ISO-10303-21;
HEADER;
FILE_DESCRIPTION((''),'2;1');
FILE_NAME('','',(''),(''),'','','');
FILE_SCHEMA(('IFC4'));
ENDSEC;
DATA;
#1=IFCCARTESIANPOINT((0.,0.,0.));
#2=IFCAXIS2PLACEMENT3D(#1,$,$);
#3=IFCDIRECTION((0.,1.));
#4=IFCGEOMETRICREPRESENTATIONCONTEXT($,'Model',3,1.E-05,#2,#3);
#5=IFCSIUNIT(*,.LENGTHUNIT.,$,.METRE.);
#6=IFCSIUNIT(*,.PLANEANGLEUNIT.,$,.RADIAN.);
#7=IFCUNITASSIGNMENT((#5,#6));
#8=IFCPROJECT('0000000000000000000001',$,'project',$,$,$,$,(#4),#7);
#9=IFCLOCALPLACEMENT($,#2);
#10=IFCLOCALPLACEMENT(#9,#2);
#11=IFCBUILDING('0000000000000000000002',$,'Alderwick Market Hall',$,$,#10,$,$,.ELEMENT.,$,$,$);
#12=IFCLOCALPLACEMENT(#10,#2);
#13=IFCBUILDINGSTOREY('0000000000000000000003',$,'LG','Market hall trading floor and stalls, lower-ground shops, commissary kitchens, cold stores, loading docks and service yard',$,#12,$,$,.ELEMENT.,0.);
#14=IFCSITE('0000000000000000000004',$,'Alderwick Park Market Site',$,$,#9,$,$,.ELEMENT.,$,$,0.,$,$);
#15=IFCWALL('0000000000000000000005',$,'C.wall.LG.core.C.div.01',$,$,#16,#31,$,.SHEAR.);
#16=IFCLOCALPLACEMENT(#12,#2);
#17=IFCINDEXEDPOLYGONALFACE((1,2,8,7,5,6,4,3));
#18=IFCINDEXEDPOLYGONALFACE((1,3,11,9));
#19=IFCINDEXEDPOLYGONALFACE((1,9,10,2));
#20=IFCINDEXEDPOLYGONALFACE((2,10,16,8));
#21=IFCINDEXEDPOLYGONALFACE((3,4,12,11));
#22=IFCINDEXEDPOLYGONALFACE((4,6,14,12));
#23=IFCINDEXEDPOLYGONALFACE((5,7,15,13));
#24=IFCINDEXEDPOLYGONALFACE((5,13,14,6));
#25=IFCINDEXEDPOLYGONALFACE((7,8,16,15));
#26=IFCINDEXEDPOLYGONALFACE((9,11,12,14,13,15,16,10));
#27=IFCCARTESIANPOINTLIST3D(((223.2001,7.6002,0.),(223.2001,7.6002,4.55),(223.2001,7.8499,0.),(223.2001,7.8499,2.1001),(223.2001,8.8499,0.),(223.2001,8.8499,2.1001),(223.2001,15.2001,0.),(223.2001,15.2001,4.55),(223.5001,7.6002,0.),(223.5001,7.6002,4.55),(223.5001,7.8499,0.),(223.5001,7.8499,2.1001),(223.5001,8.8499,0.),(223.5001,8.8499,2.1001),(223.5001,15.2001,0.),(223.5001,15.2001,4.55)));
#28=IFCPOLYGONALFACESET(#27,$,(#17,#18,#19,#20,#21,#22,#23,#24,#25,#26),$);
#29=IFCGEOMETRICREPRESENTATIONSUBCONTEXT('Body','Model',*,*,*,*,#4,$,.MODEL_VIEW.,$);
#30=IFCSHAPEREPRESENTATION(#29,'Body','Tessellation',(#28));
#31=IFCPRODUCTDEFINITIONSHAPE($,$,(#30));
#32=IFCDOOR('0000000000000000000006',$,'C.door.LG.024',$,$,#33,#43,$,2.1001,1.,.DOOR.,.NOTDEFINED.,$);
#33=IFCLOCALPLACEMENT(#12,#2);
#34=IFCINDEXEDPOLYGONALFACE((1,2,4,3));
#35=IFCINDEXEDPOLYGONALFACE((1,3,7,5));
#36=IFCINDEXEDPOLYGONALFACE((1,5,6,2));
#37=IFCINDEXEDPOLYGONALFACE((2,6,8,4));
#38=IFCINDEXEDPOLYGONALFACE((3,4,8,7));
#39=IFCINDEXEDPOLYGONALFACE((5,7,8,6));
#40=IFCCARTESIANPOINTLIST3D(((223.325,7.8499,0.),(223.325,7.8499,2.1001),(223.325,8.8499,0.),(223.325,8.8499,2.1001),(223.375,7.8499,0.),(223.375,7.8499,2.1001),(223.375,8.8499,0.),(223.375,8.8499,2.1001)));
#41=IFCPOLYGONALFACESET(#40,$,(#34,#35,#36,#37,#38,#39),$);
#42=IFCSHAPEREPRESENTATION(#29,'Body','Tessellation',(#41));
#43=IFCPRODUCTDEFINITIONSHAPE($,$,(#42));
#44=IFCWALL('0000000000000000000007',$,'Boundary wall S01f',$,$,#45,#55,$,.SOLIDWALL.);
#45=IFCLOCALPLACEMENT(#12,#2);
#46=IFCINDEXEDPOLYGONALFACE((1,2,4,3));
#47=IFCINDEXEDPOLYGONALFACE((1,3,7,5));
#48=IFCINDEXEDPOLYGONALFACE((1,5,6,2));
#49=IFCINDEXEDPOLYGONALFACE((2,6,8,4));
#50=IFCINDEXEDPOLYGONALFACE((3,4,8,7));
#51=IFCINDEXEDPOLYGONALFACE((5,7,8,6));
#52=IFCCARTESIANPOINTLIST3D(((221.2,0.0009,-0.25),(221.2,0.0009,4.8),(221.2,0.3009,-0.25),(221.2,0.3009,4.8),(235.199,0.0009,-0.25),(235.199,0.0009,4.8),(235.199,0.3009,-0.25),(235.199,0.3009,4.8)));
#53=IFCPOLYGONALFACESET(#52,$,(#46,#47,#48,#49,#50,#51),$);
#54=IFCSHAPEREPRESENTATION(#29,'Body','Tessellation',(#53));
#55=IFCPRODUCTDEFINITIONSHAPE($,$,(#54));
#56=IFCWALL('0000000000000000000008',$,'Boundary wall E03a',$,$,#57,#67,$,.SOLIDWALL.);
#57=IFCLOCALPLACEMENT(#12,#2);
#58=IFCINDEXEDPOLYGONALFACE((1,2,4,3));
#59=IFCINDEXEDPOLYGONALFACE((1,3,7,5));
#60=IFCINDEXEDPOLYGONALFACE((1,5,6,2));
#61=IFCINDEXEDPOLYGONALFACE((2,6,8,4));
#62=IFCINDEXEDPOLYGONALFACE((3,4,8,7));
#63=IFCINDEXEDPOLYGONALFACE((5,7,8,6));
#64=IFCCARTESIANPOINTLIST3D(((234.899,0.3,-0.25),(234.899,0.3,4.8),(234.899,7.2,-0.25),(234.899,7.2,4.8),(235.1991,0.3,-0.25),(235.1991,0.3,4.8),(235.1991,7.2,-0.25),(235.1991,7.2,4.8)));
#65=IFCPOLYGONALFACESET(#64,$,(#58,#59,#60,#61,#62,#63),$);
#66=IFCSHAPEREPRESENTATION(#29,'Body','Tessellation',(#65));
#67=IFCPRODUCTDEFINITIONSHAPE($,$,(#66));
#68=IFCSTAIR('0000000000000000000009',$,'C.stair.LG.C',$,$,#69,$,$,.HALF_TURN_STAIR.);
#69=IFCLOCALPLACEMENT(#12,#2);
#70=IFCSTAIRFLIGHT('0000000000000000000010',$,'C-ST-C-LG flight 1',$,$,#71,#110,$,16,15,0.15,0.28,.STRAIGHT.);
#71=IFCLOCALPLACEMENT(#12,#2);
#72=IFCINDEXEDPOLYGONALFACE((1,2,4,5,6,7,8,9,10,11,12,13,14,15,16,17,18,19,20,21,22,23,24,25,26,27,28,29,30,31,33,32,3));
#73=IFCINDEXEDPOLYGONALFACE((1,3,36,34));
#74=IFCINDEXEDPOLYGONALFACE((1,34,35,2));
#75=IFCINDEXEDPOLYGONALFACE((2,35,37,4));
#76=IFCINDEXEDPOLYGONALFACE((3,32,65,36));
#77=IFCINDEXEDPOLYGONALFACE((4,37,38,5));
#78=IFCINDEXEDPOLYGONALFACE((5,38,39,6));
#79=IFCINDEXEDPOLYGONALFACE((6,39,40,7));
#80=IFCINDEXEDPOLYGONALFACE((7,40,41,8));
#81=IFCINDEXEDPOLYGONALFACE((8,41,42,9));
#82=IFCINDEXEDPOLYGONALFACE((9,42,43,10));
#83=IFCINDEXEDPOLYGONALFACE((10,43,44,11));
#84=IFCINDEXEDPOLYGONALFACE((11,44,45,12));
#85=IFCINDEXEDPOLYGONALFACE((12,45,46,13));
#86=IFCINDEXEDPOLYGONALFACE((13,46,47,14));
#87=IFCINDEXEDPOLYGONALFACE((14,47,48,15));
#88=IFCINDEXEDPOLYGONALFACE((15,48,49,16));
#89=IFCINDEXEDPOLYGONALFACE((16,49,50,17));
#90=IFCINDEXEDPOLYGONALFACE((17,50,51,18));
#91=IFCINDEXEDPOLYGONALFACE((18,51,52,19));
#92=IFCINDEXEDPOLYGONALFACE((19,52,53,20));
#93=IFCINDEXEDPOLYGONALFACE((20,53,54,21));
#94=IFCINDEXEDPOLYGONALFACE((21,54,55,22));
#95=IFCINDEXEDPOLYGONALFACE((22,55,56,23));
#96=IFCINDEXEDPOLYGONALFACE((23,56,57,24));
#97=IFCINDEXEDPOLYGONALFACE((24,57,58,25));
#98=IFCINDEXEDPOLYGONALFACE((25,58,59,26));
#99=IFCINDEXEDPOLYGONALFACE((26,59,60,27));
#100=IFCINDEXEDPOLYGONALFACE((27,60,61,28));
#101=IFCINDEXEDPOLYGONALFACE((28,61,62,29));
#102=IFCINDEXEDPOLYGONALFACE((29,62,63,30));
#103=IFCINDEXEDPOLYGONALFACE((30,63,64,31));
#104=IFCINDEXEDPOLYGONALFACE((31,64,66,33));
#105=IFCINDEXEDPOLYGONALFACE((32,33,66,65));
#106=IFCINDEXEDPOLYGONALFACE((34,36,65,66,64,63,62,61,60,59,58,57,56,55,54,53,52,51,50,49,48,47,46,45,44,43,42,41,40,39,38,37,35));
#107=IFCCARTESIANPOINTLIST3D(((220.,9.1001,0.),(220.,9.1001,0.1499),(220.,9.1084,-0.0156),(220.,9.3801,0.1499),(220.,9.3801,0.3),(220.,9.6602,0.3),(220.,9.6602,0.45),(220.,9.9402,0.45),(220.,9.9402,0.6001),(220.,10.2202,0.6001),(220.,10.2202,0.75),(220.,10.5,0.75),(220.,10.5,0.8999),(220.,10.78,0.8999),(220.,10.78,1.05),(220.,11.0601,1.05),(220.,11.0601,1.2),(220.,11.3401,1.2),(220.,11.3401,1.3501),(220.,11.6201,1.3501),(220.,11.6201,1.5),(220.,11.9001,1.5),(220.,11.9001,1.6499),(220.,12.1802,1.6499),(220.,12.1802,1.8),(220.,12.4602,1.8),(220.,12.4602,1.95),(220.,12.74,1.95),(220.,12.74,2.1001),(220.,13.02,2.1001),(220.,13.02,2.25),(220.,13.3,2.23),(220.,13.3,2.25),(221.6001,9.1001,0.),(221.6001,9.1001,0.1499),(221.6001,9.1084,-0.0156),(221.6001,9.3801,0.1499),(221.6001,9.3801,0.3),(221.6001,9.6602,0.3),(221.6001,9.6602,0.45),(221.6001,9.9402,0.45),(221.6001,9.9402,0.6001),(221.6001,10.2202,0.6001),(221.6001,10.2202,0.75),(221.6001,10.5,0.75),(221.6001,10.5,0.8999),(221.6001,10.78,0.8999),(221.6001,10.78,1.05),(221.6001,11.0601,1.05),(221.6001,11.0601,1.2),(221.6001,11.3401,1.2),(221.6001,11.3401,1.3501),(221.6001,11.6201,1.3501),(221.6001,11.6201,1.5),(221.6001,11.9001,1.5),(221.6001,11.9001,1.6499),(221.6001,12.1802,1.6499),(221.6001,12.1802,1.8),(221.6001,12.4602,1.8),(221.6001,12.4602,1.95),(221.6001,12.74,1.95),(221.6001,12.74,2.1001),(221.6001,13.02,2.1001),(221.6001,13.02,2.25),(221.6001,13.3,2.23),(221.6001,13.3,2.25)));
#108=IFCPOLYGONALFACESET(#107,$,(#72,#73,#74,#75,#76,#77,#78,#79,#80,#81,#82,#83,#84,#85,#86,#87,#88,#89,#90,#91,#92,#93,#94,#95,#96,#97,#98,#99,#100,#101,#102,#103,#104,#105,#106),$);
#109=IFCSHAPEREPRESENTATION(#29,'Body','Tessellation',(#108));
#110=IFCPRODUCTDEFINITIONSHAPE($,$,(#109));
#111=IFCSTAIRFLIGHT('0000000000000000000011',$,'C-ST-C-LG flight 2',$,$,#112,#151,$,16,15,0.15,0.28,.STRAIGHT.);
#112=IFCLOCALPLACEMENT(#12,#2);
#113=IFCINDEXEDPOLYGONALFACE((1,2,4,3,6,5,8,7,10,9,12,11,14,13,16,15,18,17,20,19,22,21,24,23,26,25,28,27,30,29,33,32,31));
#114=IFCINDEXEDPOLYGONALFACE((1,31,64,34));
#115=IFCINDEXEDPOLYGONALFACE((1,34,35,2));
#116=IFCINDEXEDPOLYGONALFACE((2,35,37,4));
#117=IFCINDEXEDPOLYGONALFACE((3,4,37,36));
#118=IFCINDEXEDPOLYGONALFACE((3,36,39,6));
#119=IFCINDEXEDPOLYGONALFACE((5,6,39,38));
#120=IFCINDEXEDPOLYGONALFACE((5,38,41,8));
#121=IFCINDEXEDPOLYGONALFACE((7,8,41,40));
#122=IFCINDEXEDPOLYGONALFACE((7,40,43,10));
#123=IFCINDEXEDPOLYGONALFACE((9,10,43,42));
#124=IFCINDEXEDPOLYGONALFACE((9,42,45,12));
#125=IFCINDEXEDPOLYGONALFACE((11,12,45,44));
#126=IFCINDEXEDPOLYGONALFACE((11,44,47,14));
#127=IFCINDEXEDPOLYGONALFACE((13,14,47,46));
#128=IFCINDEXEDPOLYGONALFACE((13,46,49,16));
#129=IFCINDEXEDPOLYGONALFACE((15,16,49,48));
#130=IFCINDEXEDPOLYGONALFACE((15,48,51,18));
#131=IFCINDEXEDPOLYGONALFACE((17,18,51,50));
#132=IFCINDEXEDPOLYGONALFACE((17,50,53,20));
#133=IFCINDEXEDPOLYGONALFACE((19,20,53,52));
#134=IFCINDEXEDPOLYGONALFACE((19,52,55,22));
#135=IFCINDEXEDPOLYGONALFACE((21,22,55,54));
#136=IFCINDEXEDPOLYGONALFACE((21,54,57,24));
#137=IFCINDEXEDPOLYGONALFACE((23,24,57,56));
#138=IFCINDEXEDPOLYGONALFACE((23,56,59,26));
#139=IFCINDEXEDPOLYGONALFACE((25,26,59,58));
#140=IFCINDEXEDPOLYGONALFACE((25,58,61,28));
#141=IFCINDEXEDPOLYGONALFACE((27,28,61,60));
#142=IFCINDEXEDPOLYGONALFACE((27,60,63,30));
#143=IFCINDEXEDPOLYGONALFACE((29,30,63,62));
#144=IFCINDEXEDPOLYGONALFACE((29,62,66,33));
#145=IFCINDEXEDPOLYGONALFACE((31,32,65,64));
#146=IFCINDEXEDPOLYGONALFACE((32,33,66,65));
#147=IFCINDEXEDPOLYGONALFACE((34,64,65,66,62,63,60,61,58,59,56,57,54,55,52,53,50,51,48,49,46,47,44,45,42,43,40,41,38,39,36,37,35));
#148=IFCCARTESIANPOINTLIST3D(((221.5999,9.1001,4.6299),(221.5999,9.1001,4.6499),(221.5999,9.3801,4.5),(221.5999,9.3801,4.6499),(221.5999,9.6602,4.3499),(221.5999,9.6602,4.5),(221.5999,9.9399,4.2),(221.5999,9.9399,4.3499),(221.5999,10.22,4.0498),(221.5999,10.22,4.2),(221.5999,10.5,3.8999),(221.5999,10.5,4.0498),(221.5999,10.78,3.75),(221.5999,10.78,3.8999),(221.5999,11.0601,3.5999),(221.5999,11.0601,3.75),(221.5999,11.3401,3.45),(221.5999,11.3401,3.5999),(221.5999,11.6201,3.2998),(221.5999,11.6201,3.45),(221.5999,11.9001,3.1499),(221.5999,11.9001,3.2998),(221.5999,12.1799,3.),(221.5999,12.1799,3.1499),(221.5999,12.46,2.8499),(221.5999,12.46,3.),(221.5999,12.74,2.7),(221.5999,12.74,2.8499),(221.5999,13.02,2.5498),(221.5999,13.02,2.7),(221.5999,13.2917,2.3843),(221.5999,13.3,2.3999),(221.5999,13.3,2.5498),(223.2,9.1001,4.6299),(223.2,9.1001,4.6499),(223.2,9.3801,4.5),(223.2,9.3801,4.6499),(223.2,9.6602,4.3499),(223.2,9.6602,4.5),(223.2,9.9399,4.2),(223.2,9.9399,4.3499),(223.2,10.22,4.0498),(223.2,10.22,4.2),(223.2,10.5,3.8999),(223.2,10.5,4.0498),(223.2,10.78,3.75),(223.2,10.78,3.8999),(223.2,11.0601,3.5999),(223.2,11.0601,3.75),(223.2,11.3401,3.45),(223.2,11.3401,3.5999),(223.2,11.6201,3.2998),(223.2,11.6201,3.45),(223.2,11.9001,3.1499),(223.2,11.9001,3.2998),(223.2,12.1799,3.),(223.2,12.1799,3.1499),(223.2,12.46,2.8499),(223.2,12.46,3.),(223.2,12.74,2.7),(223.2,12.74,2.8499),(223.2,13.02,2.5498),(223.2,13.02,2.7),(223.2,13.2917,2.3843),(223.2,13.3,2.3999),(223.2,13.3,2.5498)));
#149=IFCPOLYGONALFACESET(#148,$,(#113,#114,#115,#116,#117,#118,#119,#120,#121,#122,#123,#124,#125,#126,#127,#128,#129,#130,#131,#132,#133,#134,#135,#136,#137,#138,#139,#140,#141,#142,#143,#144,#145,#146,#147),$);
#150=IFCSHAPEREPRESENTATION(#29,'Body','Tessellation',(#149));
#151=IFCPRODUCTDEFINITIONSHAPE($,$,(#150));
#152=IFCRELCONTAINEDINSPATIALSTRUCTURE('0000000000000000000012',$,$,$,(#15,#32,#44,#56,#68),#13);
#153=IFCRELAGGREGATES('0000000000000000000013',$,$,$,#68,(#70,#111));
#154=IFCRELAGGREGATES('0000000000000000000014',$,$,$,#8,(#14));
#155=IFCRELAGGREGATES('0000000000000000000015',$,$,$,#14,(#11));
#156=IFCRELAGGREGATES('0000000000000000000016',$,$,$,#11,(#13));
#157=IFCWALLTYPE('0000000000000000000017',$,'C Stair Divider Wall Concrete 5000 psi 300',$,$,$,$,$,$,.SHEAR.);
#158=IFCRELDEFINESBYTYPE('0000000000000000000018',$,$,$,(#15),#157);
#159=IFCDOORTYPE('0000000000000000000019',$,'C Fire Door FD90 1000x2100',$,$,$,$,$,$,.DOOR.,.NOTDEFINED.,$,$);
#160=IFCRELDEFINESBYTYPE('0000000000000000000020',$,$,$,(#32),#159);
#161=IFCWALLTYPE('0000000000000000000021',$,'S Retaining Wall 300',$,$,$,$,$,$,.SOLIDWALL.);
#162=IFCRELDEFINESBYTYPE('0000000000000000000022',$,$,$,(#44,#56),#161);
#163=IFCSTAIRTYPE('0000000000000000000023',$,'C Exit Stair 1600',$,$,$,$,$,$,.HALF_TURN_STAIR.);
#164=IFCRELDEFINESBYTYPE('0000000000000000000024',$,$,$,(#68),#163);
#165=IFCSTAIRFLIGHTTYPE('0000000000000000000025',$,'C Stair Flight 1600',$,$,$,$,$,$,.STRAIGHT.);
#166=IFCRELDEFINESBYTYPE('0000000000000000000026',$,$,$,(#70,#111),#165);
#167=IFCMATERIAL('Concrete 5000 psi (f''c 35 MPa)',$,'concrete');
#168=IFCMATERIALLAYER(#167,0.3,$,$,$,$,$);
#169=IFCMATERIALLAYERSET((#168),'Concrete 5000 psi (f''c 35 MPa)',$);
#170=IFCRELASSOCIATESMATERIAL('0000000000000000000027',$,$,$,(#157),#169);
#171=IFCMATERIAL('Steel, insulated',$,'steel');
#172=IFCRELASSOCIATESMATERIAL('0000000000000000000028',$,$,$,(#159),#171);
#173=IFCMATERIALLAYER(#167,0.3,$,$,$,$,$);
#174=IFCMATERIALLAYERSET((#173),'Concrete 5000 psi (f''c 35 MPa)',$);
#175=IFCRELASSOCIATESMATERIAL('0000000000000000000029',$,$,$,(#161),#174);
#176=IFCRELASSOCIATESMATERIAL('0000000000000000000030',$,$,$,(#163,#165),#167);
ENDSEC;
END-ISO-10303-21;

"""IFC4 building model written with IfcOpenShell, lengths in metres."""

from ifc_helpers import new_model, si_unit, direction, frame, frame_2d, origin, place, context, subcontext, project, spatial, polyline, rectangle, outline, extrude, material, layer, layer_set, type_object, element, fill, aggregate, save


model = new_model("IFC4")

# Units and contexts
model_context = context("Model", 3, precision=1e-05, world=origin(), true_north=direction((0.0, 1.0)))
body_context = subcontext(model_context, "Body", "Model", "MODEL_VIEW")
ifc_project = project(units=[si_unit("LENGTHUNIT", "METRE"), si_unit("PLANEANGLEUNIT", "RADIAN")], contexts=[model_context])

# Site, building, storey
site_placement = place(None, origin())
site = spatial("IfcSite", under=ifc_project, at=site_placement, Name="Alderwick Park Market Site", CompositionType="ELEMENT", RefElevation=0.0)
building_placement = place(site_placement, origin())
building = spatial("IfcBuilding", under=site, at=building_placement, Name="Alderwick Market Hall", CompositionType="ELEMENT")
storey_placement = place(building_placement, origin())
storey = spatial("IfcBuildingStorey", under=building, at=storey_placement, Name="LG", Description="Market hall trading floor and stalls, lower-ground shops, commissary kitchens, cold stores, loading docks and service yard", CompositionType="ELEMENT", Elevation=0.0)

# Shared definitions
ifc_material_1 = material(Name="Concrete 5000 psi (f'c 35 MPa)", Category="concrete")

# Wall, opening, door
ifc_layer_1 = layer(ifc_material_1, 0.3)
ifc_layer_set_1 = layer_set([ifc_layer_1], Name="Concrete 5000 psi (f'c 35 MPa)")
wall_type_1 = type_object("IfcWallType", Name="C Stair Divider Wall Concrete 5000 psi 300", PredefinedType="SHEAR", material=ifc_layer_set_1)
wall_1_placement = place(storey_placement, frame((223.3501, 15.2, 0.0), z_axis=(0.0, 0.0, 1.0), x_axis=(0.0, -1.0, 0.0)))
wall_1 = element("IfcWall", 1, at=wall_1_placement, inside=storey, type_object=wall_type_1, Name="C.wall.LG.core.C.div.01", PredefinedType="SHEAR", context=body_context, shape_type="SweptSolid", body=[
    extrude(rectangle(XDim=7.5999, YDim=0.3, at=frame_2d((3.7998, 0.0))), origin(), (0.0, 0.0, 1.0), 4.55),
])
opening_1_placement = place(wall_1_placement, frame((6.3501, 0.0, 0.0)))
opening_1 = element("IfcOpeningElement", 2, at=opening_1_placement, cuts=wall_1, PredefinedType="OPENING", context=body_context, shape_type="SweptSolid", body=[
    extrude(rectangle(XDim=1.0, YDim=2.1001, at=frame_2d((0.5, 1.05))), frame((0.0, 0.1599, 0.0), z_axis=(0.0, -1.0, 0.0), x_axis=(1.0, 0.0, 0.0)), (0.0, 0.0, 1.0), 0.3201),
])
ifc_material_2 = material(Name="Steel, insulated", Category="steel")
door_type_1 = type_object("IfcDoorType", Name="C Fire Door FD90 1000x2100", OperationType="NOTDEFINED", PredefinedType="DOOR", material=ifc_material_2)
door_1_placement = place(opening_1_placement, origin())
door_1 = element("IfcDoor", 3, at=door_1_placement, inside=storey, type_object=door_type_1, Name="C.door.LG.024", OperationType="NOTDEFINED", OverallHeight=2.1001, OverallWidth=1.0, PredefinedType="DOOR", context=body_context, shape_type="SweptSolid", body=[
    extrude(rectangle(XDim=1.0, YDim=2.1001, at=frame_2d((0.5, 1.05))), frame((0.0, 0.0249, 0.0), z_axis=(0.0, -1.0, 0.0), x_axis=(1.0, 0.0, 0.0)), (0.0, 0.0, 1.0), 0.05),
])
fill(opening_1, door_1)

# Walls
ifc_layer_2 = layer(ifc_material_1, 0.3)
ifc_layer_set_2 = layer_set([ifc_layer_2], Name="Concrete 5000 psi (f'c 35 MPa)")
wall_type_2 = type_object("IfcWallType", Name="S Retaining Wall 300", PredefinedType="SOLIDWALL", material=ifc_layer_set_2)
wall_2_placement = place(storey_placement, frame((221.2, 0.1509, -0.25), z_axis=(0.0, 0.0, 1.0), x_axis=(1.0, 0.0, 0.0)))
element("IfcWall", 4, at=wall_2_placement, inside=storey, type_object=wall_type_2, Name="Boundary wall S01f", PredefinedType="SOLIDWALL", context=body_context, shape_type="SweptSolid", body=[
    extrude(rectangle(XDim=13.999, YDim=0.3, at=frame_2d((6.9995, 0.0))), origin(), (0.0, 0.0, 1.0), 5.05),
])
wall_3_placement = place(storey_placement, frame((235.0491, 0.3, -0.25), z_axis=(0.0, 0.0, 1.0), x_axis=(0.0, 1.0, 0.0)))
element("IfcWall", 5, at=wall_3_placement, inside=storey, type_object=wall_type_2, Name="Boundary wall E03a", PredefinedType="SOLIDWALL", context=body_context, shape_type="SweptSolid", body=[
    extrude(rectangle(XDim=6.8999, YDim=0.3, at=frame_2d((3.45, 0.0))), origin(), (0.0, 0.0, 1.0), 5.05),
])

# Stair, stair flights
stair_type = type_object("IfcStairType", Name="C Exit Stair 1600", PredefinedType="HALF_TURN_STAIR", material=ifc_material_1)
stair_placement = place(storey_placement, origin())
stair = element("IfcStair", 6, at=stair_placement, inside=storey, type_object=stair_type, Name="C.stair.LG.C", PredefinedType="HALF_TURN_STAIR")
stair_flight_type = type_object("IfcStairFlightType", Name="C Stair Flight 1600", PredefinedType="STRAIGHT", material=ifc_material_1)
stair_flight_1_placement = place(storey_placement, frame((220.8, 9.1001, 0.0), z_axis=(0.0, 0.0, 1.0), x_axis=(0.0, 1.0, 0.0)))
stair_flight_1 = element("IfcStairFlight", 7, at=stair_flight_1_placement, type_object=stair_flight_type, Name="C-ST-C-LG flight 1", NumberOfRisers=16, NumberOfTreads=15, PredefinedType="STRAIGHT", RiserHeight=0.15, TreadLength=0.28, context=body_context, shape_type="SweptSolid", body=[
    extrude(outline(polyline([(0.0083, -0.0156), (0.0, 0.0), (0.0, 0.1499), (0.28, 0.1499), (0.28, 0.3), (0.5601, 0.3), (0.5601, 0.45), (0.8401, 0.45), (0.8401, 0.6001), (1.1201, 0.6001), (1.1201, 0.75), (1.3999, 0.75), (1.3999, 0.8999), (1.6799, 0.8999), (1.6799, 1.05), (1.96, 1.05), (1.96, 1.2), (2.24, 1.2), (2.24, 1.3501), (2.52, 1.3501), (2.52, 1.5), (2.8, 1.5), (2.8, 1.6499), (3.0801, 1.6499), (3.0801, 1.8), (3.3601, 1.8), (3.3601, 1.95), (3.6399, 1.95), (3.6399, 2.1001), (3.9199, 2.1001), (3.9199, 2.25), (4.2, 2.25), (4.2, 2.23), (0.0083, -0.0156)])), frame((0.0, 0.8, 0.0), z_axis=(0.0, -1.0, 0.0), x_axis=(1.0, 0.0, 0.0)), (0.0, 0.0, 1.0), 1.6001),
])
stair_flight_2_placement = place(storey_placement, frame((222.3999, 13.3, 2.3999), z_axis=(0.0, 0.0, 1.0), x_axis=(0.0, -1.0, 0.0)))
stair_flight_2 = element("IfcStairFlight", 8, at=stair_flight_2_placement, type_object=stair_flight_type, Name="C-ST-C-LG flight 2", NumberOfRisers=16, NumberOfTreads=15, PredefinedType="STRAIGHT", RiserHeight=0.15, TreadLength=0.28, context=body_context, shape_type="SweptSolid", body=[
    extrude(outline(polyline([(0.0083, -0.0156), (0.0, 0.0), (0.0, 0.1499), (0.28, 0.1499), (0.28, 0.3), (0.5601, 0.3), (0.5601, 0.45), (0.8401, 0.45), (0.8401, 0.6001), (1.1201, 0.6001), (1.1201, 0.75), (1.3999, 0.75), (1.3999, 0.8999), (1.6799, 0.8999), (1.6799, 1.05), (1.96, 1.05), (1.96, 1.2), (2.24, 1.2), (2.24, 1.3501), (2.52, 1.3501), (2.52, 1.5), (2.8, 1.5), (2.8, 1.6499), (3.0801, 1.6499), (3.0801, 1.8), (3.3601, 1.8), (3.3601, 1.95), (3.6399, 1.95), (3.6399, 2.1001), (3.9199, 2.1001), (3.9199, 2.25), (4.2, 2.25), (4.2, 2.23), (0.0083, -0.0156)])), frame((0.0, 0.8, 0.0), z_axis=(0.0, -1.0, 0.0), x_axis=(1.0, 0.0, 0.0)), (0.0, 0.0, 1.0), 1.6001),
])
aggregate(stair, [stair_flight_1, stair_flight_2])

save(model, "model.ifc")
